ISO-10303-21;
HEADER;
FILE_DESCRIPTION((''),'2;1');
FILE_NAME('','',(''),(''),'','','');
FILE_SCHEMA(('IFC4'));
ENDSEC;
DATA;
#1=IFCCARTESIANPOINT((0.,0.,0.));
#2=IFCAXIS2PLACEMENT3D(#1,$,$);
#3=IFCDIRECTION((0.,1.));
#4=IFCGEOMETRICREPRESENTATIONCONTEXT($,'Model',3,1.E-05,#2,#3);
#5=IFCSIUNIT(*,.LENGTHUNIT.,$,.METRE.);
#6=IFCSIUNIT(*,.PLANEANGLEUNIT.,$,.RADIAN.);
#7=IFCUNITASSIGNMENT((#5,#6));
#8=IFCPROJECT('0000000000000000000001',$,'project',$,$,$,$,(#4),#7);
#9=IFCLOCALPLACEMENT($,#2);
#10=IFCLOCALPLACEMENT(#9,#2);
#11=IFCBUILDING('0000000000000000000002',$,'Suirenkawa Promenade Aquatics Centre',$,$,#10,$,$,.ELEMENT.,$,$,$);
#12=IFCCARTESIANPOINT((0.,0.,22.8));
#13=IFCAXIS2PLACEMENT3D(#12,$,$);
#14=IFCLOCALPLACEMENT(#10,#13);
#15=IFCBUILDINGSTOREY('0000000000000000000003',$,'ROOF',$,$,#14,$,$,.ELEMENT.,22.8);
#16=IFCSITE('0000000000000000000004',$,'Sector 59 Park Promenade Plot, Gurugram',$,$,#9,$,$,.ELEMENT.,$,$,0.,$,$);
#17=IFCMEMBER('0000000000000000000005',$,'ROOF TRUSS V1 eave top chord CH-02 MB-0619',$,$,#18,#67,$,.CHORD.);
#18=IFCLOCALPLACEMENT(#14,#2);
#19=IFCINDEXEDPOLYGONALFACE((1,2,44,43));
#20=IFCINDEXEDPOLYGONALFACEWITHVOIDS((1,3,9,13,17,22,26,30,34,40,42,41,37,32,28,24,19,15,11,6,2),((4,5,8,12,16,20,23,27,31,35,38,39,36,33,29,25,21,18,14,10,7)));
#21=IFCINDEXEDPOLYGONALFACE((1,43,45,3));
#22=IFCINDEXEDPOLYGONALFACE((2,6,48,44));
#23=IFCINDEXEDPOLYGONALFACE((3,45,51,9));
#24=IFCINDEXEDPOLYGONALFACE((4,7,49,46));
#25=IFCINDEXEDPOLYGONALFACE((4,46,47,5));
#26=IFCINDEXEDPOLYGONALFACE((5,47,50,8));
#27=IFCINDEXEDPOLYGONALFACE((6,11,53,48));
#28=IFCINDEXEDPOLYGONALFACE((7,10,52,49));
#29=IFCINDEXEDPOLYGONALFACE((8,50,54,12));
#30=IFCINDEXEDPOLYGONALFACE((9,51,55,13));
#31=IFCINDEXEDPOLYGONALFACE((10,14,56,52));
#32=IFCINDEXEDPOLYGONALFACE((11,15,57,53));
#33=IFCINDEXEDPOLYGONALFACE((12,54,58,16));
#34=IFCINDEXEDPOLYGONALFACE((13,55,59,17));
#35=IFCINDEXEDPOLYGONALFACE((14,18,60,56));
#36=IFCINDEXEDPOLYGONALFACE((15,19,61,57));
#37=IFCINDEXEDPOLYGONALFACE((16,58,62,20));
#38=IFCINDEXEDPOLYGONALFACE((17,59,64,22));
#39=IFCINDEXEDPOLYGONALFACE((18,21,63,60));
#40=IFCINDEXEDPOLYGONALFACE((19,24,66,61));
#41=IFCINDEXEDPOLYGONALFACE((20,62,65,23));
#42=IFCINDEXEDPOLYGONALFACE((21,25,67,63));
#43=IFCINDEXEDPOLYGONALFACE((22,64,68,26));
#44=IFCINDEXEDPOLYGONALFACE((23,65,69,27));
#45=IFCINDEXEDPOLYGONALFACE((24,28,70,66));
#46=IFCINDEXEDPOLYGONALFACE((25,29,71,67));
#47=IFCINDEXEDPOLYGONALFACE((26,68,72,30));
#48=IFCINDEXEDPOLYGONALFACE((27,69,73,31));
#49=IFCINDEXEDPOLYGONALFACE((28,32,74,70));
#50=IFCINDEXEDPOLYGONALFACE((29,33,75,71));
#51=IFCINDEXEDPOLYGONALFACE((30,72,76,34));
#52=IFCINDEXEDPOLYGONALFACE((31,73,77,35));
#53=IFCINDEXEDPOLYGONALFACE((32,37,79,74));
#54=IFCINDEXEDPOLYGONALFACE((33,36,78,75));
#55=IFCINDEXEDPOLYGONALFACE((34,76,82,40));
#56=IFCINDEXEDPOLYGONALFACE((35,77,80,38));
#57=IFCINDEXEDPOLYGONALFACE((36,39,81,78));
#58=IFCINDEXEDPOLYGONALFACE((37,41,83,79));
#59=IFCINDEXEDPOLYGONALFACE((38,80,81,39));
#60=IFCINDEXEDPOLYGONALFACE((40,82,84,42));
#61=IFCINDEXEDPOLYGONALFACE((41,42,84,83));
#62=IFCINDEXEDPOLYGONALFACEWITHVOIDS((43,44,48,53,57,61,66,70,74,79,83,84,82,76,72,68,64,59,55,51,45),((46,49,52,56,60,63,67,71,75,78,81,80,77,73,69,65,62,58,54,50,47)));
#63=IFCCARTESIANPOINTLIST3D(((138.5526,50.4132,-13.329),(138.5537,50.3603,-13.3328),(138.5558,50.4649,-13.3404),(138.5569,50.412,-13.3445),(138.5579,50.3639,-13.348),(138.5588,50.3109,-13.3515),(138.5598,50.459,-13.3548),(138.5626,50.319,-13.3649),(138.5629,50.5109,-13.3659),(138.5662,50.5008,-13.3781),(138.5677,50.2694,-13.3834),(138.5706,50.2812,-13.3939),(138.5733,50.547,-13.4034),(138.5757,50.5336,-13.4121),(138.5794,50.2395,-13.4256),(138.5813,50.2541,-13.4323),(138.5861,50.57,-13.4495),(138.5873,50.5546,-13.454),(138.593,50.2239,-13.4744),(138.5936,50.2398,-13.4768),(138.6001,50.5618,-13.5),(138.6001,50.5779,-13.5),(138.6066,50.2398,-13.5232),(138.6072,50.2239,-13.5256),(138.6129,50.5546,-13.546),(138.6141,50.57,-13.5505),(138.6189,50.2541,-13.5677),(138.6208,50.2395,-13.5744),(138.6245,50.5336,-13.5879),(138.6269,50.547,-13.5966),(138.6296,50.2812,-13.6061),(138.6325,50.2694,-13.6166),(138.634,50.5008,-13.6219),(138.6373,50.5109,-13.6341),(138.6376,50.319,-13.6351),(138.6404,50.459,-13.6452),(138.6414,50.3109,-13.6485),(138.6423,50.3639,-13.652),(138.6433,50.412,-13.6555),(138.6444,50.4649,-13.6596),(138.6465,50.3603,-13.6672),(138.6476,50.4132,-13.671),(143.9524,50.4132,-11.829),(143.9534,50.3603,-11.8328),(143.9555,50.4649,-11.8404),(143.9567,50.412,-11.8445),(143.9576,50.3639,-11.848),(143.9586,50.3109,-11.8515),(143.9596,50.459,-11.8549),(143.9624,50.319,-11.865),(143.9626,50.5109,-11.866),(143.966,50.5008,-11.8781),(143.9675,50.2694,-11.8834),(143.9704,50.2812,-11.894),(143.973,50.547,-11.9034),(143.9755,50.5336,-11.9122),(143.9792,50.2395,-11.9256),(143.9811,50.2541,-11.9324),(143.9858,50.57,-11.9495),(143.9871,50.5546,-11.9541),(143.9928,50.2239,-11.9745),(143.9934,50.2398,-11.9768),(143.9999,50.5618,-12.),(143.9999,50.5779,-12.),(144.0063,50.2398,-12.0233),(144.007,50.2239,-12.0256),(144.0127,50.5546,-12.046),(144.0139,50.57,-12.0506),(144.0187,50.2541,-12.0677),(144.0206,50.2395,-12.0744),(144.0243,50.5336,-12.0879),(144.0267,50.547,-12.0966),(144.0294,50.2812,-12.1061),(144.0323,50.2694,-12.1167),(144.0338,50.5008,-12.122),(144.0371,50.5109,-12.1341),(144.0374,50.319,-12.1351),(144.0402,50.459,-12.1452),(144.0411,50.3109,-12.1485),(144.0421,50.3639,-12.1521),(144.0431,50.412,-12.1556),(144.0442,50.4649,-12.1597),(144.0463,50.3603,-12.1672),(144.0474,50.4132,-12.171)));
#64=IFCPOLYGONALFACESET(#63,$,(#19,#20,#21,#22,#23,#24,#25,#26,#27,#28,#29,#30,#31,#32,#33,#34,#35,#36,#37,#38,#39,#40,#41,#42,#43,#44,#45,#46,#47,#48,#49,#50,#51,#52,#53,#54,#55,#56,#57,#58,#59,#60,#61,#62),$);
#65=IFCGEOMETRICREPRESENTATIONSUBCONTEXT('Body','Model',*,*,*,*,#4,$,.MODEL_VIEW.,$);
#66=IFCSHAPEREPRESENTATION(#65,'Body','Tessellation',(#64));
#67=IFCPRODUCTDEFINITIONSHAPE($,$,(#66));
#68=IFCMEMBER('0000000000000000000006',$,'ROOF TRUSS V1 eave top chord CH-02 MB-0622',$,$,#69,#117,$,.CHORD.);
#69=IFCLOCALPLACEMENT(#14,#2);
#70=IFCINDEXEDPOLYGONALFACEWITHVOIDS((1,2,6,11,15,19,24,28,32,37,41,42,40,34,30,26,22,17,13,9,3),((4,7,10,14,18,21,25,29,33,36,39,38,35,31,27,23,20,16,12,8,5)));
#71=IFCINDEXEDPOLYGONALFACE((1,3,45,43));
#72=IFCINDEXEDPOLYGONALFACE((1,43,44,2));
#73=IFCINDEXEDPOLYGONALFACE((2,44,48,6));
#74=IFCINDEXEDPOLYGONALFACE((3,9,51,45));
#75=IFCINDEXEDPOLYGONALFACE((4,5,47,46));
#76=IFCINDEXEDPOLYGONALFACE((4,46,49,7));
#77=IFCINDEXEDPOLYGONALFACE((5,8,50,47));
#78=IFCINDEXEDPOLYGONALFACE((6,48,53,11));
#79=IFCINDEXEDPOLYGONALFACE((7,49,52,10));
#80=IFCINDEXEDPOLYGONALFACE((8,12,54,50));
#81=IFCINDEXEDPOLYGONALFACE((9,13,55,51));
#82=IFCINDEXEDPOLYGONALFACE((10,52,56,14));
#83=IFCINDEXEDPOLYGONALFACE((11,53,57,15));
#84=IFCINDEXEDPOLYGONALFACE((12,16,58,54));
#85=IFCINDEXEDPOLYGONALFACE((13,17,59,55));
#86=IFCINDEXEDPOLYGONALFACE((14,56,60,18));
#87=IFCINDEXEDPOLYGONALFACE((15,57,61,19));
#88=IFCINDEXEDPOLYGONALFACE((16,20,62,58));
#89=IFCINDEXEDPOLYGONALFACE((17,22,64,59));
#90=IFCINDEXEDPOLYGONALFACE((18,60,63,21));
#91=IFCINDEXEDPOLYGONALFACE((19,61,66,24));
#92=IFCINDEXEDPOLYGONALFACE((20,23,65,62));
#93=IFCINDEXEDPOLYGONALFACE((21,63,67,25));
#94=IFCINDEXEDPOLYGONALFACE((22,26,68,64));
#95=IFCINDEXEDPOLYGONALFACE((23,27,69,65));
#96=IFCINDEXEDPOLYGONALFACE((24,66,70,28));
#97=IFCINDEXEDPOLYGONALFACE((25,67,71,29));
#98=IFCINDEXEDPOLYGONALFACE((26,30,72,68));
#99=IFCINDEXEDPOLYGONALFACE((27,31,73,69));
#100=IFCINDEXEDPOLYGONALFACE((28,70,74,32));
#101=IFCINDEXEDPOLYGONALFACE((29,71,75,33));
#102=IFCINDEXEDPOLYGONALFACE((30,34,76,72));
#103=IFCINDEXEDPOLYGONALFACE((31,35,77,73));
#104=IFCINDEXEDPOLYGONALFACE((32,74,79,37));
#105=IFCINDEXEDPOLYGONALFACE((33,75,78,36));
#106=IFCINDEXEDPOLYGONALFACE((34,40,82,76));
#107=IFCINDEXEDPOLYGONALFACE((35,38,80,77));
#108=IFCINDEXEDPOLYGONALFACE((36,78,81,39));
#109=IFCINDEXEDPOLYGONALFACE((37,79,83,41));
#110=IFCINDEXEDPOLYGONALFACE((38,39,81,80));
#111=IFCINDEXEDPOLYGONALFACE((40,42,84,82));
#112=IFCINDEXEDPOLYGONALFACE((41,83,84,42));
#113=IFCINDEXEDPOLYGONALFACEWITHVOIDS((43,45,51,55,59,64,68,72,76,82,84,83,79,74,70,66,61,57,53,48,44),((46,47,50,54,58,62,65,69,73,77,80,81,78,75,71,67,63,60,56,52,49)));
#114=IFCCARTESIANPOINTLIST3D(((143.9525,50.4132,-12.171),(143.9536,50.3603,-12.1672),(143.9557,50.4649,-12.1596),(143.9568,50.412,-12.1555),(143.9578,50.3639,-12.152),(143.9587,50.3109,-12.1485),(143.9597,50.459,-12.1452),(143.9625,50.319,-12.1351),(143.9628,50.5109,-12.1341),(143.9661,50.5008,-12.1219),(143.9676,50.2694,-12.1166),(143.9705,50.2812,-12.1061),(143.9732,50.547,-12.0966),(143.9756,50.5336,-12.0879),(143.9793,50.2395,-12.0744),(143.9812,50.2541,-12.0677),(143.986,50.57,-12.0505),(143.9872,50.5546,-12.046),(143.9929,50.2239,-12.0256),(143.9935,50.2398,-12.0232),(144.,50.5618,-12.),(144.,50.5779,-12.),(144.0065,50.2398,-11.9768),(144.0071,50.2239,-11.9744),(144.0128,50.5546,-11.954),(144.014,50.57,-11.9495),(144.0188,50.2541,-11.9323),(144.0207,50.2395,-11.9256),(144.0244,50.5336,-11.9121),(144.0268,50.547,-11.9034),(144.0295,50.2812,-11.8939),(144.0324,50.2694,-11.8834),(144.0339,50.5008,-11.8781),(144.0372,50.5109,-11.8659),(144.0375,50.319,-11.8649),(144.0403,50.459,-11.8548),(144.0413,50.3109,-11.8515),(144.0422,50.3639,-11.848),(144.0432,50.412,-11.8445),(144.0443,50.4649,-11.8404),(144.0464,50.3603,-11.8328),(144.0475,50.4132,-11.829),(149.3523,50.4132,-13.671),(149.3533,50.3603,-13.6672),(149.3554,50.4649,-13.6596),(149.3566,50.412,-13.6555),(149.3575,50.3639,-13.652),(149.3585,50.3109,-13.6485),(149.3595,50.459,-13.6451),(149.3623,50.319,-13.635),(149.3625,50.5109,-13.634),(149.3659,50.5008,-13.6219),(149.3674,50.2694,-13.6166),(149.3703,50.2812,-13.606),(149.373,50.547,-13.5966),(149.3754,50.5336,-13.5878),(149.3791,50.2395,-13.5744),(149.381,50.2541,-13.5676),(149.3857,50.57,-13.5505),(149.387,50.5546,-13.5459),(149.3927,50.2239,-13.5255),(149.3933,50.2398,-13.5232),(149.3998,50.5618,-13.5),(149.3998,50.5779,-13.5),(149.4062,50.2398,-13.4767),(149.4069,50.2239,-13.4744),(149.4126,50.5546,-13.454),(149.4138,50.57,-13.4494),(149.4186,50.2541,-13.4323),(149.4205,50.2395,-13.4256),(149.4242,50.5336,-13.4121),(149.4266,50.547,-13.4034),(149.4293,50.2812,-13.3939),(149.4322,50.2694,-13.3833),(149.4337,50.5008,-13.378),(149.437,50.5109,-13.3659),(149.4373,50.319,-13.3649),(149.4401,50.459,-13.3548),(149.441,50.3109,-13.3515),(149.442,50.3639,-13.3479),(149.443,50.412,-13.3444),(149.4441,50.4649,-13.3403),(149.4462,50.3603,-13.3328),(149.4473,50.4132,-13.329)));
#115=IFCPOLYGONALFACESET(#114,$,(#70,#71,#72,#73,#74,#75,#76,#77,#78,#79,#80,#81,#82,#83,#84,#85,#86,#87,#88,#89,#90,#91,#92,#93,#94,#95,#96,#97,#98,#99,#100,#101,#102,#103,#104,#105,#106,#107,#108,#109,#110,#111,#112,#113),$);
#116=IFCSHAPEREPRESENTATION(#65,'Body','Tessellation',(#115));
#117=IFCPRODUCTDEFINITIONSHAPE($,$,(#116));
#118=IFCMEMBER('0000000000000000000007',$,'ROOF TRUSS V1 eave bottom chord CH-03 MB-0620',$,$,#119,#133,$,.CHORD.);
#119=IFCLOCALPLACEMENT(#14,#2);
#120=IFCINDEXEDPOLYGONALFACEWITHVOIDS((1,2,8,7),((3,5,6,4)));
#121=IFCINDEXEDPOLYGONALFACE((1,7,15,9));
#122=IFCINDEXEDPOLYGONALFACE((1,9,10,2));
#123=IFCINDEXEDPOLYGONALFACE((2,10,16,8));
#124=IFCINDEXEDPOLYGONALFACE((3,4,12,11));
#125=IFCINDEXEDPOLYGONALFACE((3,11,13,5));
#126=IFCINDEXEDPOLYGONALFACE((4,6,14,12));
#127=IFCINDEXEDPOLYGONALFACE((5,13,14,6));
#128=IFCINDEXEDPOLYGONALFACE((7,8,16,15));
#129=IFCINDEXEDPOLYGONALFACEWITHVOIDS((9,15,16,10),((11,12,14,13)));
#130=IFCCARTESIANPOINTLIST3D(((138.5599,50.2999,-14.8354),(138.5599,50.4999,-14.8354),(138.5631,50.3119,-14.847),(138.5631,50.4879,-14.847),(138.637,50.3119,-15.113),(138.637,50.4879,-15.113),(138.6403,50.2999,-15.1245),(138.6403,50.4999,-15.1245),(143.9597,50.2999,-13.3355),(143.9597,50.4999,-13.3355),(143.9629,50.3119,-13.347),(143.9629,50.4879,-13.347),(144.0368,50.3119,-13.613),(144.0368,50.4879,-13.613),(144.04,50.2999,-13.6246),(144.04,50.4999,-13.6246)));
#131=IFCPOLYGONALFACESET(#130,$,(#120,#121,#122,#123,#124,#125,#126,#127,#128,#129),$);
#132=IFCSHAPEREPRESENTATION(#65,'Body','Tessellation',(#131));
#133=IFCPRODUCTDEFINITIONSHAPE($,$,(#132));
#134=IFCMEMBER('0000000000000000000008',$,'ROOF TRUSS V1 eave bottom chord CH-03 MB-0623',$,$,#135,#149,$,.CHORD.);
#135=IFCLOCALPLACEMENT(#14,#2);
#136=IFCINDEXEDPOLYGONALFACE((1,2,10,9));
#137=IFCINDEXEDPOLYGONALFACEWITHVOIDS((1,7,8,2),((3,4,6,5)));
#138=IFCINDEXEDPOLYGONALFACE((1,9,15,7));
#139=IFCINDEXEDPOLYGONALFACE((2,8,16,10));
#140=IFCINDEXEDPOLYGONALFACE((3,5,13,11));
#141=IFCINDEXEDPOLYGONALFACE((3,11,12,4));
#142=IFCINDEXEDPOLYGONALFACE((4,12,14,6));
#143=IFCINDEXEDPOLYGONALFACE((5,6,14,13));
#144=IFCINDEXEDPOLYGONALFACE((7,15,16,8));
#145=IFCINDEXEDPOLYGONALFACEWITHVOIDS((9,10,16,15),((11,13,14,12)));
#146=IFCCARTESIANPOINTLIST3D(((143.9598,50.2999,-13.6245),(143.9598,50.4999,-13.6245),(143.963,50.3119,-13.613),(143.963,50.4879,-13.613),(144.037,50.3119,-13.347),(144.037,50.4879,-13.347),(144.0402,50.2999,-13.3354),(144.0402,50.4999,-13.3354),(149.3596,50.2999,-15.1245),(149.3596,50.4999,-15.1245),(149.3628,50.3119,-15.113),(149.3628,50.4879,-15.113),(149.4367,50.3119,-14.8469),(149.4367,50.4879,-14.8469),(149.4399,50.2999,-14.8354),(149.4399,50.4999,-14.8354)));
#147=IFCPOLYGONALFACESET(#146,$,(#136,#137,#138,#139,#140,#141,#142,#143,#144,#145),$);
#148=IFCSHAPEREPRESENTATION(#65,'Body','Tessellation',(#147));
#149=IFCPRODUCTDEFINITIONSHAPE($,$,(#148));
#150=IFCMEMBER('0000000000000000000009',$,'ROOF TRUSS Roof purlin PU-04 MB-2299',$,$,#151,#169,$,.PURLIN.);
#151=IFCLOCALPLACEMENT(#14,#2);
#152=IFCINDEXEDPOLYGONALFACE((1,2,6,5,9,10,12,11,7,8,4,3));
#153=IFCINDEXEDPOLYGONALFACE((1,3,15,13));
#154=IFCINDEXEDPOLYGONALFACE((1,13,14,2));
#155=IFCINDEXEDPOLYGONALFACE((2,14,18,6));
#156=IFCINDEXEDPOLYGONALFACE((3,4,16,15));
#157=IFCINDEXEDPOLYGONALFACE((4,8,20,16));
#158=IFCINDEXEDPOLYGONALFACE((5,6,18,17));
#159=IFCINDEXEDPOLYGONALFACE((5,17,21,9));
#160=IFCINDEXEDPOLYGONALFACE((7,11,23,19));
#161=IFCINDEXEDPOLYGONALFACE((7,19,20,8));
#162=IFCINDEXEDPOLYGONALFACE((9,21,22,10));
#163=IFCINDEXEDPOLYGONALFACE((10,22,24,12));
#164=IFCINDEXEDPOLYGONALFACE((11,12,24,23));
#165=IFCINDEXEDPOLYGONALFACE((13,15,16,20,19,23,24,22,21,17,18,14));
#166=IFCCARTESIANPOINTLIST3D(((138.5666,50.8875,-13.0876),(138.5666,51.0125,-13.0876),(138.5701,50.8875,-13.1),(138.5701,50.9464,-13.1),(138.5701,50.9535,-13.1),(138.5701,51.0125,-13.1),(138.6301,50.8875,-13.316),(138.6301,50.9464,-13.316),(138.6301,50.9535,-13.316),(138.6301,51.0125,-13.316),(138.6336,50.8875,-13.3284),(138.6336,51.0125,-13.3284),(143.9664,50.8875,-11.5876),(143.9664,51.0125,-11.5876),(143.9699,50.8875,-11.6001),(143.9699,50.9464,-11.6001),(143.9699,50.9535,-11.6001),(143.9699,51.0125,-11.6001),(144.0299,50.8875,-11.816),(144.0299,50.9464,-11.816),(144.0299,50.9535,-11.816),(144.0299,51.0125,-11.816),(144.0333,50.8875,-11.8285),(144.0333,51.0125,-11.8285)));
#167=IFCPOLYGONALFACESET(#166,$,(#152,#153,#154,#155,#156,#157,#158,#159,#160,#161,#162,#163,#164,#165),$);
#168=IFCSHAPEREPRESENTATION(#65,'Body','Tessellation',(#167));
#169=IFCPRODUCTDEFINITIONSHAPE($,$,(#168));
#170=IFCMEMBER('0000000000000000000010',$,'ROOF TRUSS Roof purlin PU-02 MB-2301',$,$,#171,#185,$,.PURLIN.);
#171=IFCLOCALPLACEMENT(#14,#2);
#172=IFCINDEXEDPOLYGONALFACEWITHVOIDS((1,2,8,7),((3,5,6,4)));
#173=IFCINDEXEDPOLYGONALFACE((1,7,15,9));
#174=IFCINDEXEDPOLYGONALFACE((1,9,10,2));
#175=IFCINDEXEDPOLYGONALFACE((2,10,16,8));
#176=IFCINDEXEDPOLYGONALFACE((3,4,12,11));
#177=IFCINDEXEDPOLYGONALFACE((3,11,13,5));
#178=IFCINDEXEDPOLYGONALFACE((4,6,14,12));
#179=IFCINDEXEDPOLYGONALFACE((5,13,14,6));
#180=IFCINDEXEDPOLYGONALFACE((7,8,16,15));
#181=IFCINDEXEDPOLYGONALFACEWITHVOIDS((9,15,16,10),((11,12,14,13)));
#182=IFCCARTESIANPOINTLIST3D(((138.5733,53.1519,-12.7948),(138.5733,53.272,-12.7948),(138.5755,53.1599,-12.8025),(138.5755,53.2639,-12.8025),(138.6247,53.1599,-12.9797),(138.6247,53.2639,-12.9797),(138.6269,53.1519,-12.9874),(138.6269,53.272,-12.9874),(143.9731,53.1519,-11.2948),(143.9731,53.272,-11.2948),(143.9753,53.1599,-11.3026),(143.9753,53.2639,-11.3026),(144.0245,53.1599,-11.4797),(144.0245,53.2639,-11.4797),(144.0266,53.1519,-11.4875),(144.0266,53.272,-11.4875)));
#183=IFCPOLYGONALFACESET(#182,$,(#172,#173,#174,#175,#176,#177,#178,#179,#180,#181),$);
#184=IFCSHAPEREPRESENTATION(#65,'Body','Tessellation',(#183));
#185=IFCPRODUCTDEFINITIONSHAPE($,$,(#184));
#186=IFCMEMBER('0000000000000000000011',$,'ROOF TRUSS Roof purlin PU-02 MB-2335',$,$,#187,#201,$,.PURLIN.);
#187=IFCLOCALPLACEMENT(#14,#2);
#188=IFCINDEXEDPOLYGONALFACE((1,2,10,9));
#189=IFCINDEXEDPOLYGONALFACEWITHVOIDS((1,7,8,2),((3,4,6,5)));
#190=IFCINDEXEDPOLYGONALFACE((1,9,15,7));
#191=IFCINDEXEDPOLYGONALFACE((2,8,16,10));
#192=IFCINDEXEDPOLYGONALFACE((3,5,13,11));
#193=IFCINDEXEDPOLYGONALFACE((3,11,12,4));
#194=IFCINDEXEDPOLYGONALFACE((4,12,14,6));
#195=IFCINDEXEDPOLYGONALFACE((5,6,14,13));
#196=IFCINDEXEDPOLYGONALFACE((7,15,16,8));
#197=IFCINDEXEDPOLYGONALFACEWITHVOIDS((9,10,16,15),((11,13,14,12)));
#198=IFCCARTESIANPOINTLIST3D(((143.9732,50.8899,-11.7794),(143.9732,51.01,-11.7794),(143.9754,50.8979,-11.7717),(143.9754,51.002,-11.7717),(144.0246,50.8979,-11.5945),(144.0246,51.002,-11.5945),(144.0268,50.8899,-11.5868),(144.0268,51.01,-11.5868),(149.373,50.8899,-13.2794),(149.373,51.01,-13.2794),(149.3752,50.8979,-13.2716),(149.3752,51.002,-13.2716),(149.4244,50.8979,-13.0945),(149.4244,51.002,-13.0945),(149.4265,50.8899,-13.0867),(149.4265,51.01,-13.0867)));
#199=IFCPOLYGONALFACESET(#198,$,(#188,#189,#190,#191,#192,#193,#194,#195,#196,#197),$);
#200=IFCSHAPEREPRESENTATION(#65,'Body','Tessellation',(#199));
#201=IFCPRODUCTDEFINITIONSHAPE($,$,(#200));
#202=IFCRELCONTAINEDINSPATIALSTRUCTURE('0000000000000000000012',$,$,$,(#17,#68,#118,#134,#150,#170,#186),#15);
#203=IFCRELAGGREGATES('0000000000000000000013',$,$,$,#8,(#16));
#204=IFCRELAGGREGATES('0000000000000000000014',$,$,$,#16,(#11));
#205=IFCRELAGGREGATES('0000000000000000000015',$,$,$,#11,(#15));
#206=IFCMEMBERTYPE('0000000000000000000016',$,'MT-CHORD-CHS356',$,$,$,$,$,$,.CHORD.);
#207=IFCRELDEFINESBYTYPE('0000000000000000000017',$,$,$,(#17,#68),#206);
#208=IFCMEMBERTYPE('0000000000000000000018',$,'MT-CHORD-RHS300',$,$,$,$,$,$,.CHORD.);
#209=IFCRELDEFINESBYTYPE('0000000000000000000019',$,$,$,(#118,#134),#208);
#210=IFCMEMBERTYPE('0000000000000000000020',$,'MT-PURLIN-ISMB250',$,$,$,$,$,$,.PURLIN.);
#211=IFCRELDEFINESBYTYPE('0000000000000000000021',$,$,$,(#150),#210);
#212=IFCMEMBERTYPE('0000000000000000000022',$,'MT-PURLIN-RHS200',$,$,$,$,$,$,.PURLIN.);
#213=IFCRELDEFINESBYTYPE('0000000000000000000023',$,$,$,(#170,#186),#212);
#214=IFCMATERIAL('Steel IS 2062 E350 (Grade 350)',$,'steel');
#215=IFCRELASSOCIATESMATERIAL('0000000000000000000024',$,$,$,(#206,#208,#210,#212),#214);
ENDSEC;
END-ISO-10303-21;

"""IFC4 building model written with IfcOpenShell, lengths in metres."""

from ifc_helpers import new_model, si_unit, direction, frame, origin, origin_2d, place, context, subcontext, project, spatial, hollow_rectangle, hollow_circle, i_section, extrude, material, material_profile, profile_set, type_object, element, save


model = new_model("IFC4")

# Units and contexts
model_context = context("Model", 3, precision=1e-05, world=origin(), true_north=direction((0.0, 1.0)))
body_context = subcontext(model_context, "Body", "Model", "MODEL_VIEW")
ifc_project = project(units=[si_unit("LENGTHUNIT", "METRE"), si_unit("PLANEANGLEUNIT", "RADIAN")], contexts=[model_context])

# Site, building, storey
site_placement = place(None, origin())
site = spatial("IfcSite", under=ifc_project, at=site_placement, Name="Sector 59 Park Promenade Plot, Gurugram", CompositionType="ELEMENT", RefElevation=0.0)
building_placement = place(site_placement, origin())
building = spatial("IfcBuilding", under=site, at=building_placement, Name="Suirenkawa Promenade Aquatics Centre", CompositionType="ELEMENT")
storey_placement = place(building_placement, frame((0.0, 0.0, 22.8)))
storey = spatial("IfcBuildingStorey", under=building, at=storey_placement, Name="ROOF", CompositionType="ELEMENT", Elevation=22.8)

# Shared definitions
ifc_material_1 = material(Name="Steel IS 2062 E350 (Grade 350)", Category="steel")

# Members
ifc_material_profile_1 = material_profile(ifc_material_1, hollow_circle(Radius=0.178, WallThickness=0.0161, at=origin_2d()), Name="CHS 356x16", Category="steel")
ifc_profile_set_1 = profile_set([ifc_material_profile_1], Name="Steel IS 2062 E350 (Grade 350)")
member_type_1 = type_object("IfcMemberType", Name="MT-CHORD-CHS356", PredefinedType="CHORD", material=ifc_profile_set_1)
for number, where, z_axis, x_axis, name in (
    (1, (138.6001, 50.3999, -13.5), (0.963517, 0.0, 0.267648), (0.0, 1.0, 0.0), "ROOF TRUSS V1 eave top chord CH-02 MB-0619"),
    (2, (144.0, 50.3999, -12.0), (0.963517, 0.0, -0.267648), (0.0, 1.0, 0.0), "ROOF TRUSS V1 eave top chord CH-02 MB-0622"),
):
    element("IfcMember", number, at=place(storey_placement, frame(where, z_axis=z_axis, x_axis=x_axis)), inside=storey, type_object=member_type_1, Name=name, PredefinedType="CHORD", context=body_context, shape_type="SweptSolid", body=[
        extrude(hollow_circle(Radius=0.178, WallThickness=0.0161, at=origin_2d()), origin(), (0.0, 0.0, 1.0), 5.6042),
    ])
ifc_material_profile_2 = material_profile(ifc_material_1, hollow_rectangle(XDim=0.2, YDim=0.3, WallThickness=0.012, at=origin_2d()), Name="RHS 300x200x12", Category="steel")
ifc_profile_set_2 = profile_set([ifc_material_profile_2], Name="Steel IS 2062 E350 (Grade 350)")
member_type_2 = type_object("IfcMemberType", Name="MT-CHORD-RHS300", PredefinedType="CHORD", material=ifc_profile_set_2)
for number, where, z_axis, x_axis, name in (
    (3, (138.6001, 50.3999, -14.98), (0.963517, 0.0, 0.267648), (0.0, 1.0, 0.0), "ROOF TRUSS V1 eave bottom chord CH-03 MB-0620"),
    (4, (144.0, 50.3999, -13.48), (0.963517, 0.0, -0.267648), (0.0, 1.0, 0.0), "ROOF TRUSS V1 eave bottom chord CH-03 MB-0623"),
):
    element("IfcMember", number, at=place(storey_placement, frame(where, z_axis=z_axis, x_axis=x_axis)), inside=storey, type_object=member_type_2, Name=name, PredefinedType="CHORD", context=body_context, shape_type="SweptSolid", body=[
        extrude(hollow_rectangle(XDim=0.2, YDim=0.3, WallThickness=0.012, at=origin_2d()), origin(), (0.0, 0.0, 1.0), 5.6042),
    ])
ifc_material_profile_3 = material_profile(ifc_material_1, i_section(OverallWidth=0.125, OverallDepth=0.25, WebThickness=0.0071, FlangeThickness=0.0129, at=origin_2d()), Name="ISMB 250", Category="steel")
ifc_profile_set_3 = profile_set([ifc_material_profile_3], Name="Steel IS 2062 E350 (Grade 350)")
member_type_3 = type_object("IfcMemberType", Name="MT-PURLIN-ISMB250", PredefinedType="PURLIN", material=ifc_profile_set_3)
member_1_placement = place(storey_placement, frame((138.6001, 50.95, -13.208), z_axis=(0.963517, 0.0, 0.267648), x_axis=(0.0, 1.0, 0.0)))
element("IfcMember", 5, at=member_1_placement, inside=storey, type_object=member_type_3, Name="ROOF TRUSS Roof purlin PU-04 MB-2299", PredefinedType="PURLIN", context=body_context, shape_type="SweptSolid", body=[
    extrude(i_section(OverallWidth=0.125, OverallDepth=0.25, WebThickness=0.0071, FlangeThickness=0.0129, at=origin_2d()), origin(), (0.0, 0.0, 1.0), 5.6042),
])
ifc_material_profile_4 = material_profile(ifc_material_1, hollow_rectangle(XDim=0.1201, YDim=0.2, WallThickness=0.0081, at=origin_2d()), Name="RHS 200x120x8", Category="steel")
ifc_profile_set_4 = profile_set([ifc_material_profile_4], Name="Steel IS 2062 E350 (Grade 350)")
member_type_4 = type_object("IfcMemberType", Name="MT-PURLIN-RHS200", PredefinedType="PURLIN", material=ifc_profile_set_4)
for number, where, z_axis, x_axis, name in (
    (6, (138.6001, 53.2119, -12.8911), (0.963517, 0.0, 0.267648), (0.0, 1.0, 0.0), "ROOF TRUSS Roof purlin PU-02 MB-2301"),
    (7, (144.0, 50.95, -11.6831), (0.963517, 0.0, -0.267648), (0.0, 1.0, 0.0), "ROOF TRUSS Roof purlin PU-02 MB-2335"),
):
    element("IfcMember", number, at=place(storey_placement, frame(where, z_axis=z_axis, x_axis=x_axis)), inside=storey, type_object=member_type_4, Name=name, PredefinedType="PURLIN", context=body_context, shape_type="SweptSolid", body=[
        extrude(hollow_rectangle(XDim=0.1201, YDim=0.2, WallThickness=0.0081, at=origin_2d()), origin(), (0.0, 0.0, 1.0), 5.6042),
    ])

save(model, "model.ifc")
